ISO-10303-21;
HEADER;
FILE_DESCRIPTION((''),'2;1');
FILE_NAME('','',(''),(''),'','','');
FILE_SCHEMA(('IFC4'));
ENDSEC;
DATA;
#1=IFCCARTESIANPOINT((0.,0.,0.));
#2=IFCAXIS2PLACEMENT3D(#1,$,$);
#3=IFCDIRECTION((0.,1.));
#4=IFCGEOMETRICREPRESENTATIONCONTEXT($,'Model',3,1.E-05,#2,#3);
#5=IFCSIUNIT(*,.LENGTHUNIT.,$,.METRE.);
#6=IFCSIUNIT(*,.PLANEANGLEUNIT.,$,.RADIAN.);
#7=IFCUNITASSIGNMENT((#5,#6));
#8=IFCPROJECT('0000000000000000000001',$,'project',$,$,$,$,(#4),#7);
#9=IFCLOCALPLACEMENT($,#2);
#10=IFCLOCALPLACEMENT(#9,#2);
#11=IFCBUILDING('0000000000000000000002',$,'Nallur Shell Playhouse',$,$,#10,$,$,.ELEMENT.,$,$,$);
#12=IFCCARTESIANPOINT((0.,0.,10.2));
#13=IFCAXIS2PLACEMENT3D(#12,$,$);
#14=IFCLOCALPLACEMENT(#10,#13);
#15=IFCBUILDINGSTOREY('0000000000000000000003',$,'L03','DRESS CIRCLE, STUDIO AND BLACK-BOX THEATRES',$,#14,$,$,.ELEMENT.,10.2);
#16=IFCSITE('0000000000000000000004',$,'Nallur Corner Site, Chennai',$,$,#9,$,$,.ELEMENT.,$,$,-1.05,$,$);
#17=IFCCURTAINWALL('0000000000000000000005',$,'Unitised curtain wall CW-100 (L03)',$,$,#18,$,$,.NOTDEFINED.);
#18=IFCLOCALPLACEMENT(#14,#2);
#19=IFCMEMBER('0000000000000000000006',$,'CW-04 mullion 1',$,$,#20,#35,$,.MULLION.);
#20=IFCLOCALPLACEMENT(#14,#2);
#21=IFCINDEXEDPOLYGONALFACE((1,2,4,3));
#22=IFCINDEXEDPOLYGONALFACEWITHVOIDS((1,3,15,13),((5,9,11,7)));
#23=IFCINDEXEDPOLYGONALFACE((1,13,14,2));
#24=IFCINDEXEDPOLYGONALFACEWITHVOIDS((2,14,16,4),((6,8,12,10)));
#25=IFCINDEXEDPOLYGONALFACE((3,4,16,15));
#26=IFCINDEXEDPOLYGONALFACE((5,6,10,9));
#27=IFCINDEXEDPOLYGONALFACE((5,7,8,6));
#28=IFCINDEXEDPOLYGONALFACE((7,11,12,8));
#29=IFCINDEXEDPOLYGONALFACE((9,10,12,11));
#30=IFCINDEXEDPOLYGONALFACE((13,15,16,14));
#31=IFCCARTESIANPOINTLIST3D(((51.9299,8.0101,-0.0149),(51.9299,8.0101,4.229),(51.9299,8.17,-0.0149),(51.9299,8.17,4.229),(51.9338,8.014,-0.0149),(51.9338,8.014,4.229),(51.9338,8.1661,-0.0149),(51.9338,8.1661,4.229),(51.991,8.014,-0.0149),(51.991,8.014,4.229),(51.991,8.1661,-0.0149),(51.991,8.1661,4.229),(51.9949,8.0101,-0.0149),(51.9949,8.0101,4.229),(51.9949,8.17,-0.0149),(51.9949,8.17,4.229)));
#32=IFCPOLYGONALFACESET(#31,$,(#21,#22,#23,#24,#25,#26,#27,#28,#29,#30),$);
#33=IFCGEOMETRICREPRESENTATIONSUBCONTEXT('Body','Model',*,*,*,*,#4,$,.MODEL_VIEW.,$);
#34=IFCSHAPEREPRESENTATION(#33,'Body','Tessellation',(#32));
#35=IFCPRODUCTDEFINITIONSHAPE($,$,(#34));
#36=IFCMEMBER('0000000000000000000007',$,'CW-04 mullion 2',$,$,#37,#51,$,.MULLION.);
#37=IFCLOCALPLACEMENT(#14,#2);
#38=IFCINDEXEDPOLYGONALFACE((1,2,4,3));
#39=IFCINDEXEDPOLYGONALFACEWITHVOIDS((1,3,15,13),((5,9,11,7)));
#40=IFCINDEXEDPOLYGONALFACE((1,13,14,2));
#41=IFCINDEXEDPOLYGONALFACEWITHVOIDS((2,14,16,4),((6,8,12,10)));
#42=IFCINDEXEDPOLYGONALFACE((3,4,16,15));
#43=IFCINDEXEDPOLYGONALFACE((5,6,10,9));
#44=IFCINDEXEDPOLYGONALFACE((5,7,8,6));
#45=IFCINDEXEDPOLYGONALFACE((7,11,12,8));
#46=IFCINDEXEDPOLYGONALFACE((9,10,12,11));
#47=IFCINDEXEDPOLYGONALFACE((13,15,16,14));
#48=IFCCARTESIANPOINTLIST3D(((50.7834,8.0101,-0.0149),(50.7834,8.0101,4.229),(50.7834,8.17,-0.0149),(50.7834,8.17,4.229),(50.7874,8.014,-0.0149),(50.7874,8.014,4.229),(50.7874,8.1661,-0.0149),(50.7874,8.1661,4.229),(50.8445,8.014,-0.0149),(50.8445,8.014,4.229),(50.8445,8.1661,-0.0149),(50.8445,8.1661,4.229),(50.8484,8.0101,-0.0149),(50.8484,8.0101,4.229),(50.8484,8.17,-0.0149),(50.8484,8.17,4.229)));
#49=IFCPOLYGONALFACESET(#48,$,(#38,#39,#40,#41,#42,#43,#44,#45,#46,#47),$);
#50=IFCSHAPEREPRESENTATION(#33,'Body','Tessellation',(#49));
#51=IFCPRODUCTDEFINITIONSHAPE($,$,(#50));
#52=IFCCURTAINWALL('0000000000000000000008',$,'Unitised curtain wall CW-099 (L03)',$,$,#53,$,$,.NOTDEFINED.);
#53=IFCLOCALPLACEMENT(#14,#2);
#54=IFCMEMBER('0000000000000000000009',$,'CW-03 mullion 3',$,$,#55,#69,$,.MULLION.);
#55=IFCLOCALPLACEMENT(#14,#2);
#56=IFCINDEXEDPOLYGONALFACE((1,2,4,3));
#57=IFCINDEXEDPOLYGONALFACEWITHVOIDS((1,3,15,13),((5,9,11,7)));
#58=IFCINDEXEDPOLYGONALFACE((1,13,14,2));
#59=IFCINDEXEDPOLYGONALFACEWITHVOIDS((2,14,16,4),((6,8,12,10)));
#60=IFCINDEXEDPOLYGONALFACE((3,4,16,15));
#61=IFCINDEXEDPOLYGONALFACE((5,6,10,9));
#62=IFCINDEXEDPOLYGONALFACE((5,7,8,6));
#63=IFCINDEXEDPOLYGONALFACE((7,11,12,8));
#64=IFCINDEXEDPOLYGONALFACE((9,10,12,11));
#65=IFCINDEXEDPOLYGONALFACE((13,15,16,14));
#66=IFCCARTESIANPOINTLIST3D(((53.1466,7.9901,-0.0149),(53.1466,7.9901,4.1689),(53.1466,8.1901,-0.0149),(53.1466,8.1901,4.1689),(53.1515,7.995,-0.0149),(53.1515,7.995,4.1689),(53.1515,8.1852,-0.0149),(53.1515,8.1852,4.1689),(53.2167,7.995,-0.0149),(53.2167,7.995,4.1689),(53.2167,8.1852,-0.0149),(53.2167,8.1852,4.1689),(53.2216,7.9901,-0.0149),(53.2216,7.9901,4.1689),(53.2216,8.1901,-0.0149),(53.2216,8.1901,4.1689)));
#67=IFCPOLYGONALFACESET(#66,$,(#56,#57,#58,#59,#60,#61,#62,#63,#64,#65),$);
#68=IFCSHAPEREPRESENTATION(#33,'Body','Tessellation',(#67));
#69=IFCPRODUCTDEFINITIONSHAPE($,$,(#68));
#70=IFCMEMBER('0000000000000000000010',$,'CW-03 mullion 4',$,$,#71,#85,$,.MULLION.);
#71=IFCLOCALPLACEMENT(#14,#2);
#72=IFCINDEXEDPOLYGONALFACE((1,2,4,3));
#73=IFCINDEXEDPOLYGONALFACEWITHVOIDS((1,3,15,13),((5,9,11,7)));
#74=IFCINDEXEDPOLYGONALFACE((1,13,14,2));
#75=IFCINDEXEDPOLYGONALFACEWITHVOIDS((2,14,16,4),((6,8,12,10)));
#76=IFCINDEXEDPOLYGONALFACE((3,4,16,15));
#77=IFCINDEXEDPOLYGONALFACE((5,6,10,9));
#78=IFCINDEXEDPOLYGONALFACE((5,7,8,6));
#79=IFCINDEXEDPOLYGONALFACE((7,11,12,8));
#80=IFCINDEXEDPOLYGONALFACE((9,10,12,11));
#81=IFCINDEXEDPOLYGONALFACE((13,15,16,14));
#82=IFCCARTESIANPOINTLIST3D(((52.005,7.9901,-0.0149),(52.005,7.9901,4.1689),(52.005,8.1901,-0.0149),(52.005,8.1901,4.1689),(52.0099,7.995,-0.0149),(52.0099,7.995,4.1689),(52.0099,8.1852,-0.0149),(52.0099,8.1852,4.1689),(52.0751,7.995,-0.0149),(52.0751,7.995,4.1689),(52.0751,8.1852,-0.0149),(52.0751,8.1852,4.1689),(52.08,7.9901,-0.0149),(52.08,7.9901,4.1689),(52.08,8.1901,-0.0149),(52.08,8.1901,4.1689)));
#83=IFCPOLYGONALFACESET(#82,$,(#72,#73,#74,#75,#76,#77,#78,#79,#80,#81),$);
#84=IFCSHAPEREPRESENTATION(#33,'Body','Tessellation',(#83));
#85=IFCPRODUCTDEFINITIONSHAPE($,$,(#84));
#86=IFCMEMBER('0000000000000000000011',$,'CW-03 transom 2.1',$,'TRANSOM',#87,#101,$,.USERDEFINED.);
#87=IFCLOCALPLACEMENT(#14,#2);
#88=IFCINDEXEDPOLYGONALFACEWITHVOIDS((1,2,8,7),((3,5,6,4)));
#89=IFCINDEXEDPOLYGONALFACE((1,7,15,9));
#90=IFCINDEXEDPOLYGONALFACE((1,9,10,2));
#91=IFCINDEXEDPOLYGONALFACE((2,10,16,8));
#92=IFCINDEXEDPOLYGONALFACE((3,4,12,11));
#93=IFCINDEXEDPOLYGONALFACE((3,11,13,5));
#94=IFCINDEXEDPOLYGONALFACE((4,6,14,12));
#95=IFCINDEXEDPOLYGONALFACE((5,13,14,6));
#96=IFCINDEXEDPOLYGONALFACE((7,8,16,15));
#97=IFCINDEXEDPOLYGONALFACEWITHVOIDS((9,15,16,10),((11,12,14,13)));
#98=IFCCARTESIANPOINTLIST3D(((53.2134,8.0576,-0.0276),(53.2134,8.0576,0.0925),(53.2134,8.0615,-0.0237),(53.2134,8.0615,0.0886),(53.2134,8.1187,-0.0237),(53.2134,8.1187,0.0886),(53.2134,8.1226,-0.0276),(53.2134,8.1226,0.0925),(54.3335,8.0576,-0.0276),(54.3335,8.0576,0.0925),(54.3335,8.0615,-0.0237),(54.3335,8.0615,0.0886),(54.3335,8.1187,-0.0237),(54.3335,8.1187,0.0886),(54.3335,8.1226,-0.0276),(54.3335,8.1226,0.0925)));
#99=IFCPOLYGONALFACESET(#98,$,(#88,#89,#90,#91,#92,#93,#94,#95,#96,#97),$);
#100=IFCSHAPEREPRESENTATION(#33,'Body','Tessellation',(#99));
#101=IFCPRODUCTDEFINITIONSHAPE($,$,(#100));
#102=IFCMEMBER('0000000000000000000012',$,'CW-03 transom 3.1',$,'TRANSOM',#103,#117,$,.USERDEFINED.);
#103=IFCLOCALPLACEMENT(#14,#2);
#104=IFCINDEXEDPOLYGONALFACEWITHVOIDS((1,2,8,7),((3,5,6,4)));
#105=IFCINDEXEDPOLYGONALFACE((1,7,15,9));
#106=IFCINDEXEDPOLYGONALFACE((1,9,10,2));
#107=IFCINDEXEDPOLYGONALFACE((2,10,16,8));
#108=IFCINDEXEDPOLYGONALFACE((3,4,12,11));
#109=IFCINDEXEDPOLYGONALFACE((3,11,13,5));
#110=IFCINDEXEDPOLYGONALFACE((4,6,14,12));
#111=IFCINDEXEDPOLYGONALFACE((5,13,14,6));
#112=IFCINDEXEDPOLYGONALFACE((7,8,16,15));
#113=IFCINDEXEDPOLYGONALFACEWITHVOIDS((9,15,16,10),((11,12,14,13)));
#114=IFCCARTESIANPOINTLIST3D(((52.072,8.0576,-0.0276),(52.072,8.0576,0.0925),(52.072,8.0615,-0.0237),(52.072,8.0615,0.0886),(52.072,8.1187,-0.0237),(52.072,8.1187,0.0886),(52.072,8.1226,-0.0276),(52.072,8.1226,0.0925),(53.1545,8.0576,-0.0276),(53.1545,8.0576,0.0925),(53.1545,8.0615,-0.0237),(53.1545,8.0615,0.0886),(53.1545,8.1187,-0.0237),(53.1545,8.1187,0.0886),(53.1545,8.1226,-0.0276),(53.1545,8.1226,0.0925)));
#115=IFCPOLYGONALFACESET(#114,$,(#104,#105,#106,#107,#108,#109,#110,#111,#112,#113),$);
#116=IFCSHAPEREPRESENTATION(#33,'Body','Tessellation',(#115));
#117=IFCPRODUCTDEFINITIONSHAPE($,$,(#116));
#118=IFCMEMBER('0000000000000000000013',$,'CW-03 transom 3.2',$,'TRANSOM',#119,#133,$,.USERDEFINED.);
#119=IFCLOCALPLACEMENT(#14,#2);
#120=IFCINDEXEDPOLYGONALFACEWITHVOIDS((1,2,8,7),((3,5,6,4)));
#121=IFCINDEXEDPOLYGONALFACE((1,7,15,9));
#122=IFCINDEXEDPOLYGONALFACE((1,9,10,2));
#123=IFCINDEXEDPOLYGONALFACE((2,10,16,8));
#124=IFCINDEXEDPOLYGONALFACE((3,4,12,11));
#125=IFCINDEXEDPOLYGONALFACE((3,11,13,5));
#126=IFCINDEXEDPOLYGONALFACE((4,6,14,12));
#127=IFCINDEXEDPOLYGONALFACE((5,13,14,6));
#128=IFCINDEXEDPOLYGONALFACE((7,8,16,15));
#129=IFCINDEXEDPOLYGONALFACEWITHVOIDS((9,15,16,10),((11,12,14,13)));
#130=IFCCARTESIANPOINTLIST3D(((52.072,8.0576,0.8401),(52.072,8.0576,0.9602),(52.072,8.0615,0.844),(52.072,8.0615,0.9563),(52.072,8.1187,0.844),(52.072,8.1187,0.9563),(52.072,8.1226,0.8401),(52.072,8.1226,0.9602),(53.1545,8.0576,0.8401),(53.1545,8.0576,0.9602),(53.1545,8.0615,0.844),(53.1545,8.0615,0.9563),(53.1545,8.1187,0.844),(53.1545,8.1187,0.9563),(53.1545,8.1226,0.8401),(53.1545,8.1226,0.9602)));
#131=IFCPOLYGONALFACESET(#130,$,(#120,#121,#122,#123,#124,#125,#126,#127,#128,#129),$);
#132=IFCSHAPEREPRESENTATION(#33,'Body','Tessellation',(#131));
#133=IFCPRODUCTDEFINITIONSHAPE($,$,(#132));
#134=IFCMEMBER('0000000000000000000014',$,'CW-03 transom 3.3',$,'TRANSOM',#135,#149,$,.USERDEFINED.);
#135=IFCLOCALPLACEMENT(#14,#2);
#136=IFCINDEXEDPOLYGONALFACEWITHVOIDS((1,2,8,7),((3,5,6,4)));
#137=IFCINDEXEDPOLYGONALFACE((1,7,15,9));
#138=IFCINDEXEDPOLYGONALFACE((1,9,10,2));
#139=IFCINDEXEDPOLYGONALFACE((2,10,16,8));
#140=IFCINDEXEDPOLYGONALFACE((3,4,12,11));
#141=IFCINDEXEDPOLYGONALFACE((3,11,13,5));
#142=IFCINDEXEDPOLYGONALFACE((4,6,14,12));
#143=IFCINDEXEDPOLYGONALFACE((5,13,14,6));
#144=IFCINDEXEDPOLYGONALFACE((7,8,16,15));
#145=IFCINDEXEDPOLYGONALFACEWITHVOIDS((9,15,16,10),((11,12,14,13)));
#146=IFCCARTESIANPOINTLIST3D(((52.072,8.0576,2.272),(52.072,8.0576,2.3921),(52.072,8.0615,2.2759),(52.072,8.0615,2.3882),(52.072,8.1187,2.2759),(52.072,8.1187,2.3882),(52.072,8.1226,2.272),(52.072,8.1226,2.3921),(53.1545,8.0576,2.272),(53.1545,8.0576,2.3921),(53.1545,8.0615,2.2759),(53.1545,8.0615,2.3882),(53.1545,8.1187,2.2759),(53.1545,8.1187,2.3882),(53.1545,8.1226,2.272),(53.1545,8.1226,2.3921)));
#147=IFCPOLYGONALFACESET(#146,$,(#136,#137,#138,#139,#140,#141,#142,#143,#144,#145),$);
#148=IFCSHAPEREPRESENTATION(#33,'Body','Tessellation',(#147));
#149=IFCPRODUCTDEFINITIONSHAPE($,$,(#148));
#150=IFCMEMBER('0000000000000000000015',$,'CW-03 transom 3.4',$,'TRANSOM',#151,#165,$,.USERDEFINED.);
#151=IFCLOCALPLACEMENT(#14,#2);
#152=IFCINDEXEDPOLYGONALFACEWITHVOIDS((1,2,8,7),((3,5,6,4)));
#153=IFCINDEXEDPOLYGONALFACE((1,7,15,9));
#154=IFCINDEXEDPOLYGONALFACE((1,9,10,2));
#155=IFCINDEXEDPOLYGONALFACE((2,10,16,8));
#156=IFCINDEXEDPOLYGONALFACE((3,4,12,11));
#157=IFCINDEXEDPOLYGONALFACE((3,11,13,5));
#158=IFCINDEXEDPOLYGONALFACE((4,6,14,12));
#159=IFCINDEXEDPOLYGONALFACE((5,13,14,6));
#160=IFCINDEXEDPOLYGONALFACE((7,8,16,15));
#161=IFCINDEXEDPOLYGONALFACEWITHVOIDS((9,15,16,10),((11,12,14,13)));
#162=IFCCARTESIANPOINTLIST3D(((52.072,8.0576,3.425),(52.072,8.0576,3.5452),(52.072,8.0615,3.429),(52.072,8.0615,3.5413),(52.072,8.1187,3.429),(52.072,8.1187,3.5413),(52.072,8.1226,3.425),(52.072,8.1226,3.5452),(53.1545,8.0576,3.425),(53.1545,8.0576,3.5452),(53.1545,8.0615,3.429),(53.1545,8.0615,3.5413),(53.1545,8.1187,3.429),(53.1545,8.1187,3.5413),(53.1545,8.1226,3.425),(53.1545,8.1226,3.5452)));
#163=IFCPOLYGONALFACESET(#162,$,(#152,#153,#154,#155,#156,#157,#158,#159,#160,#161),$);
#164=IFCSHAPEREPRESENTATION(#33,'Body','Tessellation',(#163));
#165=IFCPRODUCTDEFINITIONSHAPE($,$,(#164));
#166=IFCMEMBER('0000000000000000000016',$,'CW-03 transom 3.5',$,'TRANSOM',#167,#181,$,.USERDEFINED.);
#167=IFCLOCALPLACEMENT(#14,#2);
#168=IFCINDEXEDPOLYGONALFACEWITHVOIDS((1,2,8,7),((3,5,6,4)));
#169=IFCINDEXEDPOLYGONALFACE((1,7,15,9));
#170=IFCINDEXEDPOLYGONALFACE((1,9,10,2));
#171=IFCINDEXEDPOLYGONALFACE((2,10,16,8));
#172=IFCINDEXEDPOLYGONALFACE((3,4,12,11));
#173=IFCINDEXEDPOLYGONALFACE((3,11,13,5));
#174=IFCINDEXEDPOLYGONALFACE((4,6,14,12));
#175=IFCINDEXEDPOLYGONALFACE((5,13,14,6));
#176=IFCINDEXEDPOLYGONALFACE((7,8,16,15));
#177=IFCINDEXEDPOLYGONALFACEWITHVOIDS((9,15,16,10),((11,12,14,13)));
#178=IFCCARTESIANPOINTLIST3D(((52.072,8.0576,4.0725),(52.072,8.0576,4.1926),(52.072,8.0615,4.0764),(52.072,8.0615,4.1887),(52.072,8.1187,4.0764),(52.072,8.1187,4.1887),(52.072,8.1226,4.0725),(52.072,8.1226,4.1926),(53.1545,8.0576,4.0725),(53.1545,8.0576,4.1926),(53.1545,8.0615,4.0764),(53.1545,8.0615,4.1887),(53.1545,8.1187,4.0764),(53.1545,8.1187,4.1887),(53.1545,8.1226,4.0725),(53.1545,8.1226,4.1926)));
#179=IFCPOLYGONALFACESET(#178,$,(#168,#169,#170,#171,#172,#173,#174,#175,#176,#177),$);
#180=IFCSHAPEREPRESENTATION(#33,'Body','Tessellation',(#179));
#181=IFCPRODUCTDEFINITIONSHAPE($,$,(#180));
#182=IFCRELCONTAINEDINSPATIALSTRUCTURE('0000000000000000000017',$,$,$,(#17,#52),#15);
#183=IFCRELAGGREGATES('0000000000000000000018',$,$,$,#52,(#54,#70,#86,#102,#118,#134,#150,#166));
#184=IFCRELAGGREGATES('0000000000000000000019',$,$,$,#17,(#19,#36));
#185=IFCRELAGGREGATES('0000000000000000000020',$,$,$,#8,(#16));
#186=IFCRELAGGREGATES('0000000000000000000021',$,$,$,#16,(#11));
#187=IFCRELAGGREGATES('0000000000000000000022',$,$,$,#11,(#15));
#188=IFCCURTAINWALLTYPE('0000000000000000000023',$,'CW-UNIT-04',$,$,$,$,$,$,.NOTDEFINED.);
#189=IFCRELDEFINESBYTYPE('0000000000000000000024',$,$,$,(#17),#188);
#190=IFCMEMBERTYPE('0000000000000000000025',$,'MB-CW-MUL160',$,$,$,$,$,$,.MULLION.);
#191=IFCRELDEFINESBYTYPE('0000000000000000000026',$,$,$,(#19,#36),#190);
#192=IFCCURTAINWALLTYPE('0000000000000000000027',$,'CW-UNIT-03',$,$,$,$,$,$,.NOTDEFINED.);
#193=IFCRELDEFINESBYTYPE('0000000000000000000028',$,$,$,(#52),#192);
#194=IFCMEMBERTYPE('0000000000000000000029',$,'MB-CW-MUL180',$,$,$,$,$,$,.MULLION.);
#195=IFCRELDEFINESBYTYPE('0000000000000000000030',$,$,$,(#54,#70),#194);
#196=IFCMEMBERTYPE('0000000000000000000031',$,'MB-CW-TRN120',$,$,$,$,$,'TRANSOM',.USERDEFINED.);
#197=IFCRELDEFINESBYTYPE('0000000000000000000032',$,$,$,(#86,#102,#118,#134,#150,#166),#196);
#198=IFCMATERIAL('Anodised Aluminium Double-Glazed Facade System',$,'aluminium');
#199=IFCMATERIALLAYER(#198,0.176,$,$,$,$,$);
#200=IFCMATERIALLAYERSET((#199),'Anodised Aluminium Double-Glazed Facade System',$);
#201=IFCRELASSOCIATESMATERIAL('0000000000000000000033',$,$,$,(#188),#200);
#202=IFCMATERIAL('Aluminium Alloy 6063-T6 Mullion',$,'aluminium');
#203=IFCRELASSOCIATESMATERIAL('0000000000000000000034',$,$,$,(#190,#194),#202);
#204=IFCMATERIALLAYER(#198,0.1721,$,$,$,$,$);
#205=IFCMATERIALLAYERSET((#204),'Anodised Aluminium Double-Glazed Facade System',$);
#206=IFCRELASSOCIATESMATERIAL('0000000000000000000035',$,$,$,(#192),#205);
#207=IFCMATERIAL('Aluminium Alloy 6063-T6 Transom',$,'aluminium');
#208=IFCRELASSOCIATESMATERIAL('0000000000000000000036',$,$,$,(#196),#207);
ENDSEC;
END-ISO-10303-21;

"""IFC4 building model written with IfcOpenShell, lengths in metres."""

from ifc_helpers import new_model, si_unit, direction, frame, origin, origin_2d, place, context, subcontext, project, spatial, hollow_rectangle, extrude, material, layer, layer_set, material_profile, profile_set, type_object, element, aggregate, save


model = new_model("IFC4")

# Units and contexts
model_context = context("Model", 3, precision=1e-05, world=origin(), true_north=direction((0.0, 1.0)))
body_context = subcontext(model_context, "Body", "Model", "MODEL_VIEW")
ifc_project = project(units=[si_unit("LENGTHUNIT", "METRE"), si_unit("PLANEANGLEUNIT", "RADIAN")], contexts=[model_context])

# Site, building, storey
site_placement = place(None, origin())
site = spatial("IfcSite", under=ifc_project, at=site_placement, Name="Nallur Corner Site, Chennai", CompositionType="ELEMENT", RefElevation=-1.05)
building_placement = place(site_placement, origin())
building = spatial("IfcBuilding", under=site, at=building_placement, Name="Nallur Shell Playhouse", CompositionType="ELEMENT")
storey_placement = place(building_placement, frame((0.0, 0.0, 10.2)))
storey = spatial("IfcBuildingStorey", under=building, at=storey_placement, Name="L03", Description="DRESS CIRCLE, STUDIO AND BLACK-BOX THEATRES", CompositionType="ELEMENT", Elevation=10.2)

# Curtain walls, members
ifc_material_1 = material(Name="Anodised Aluminium Double-Glazed Facade System", Category="aluminium")
ifc_layer_1 = layer(ifc_material_1, 0.176)
ifc_layer_set_1 = layer_set([ifc_layer_1], Name="Anodised Aluminium Double-Glazed Facade System")
curtain_wall_type_1 = type_object("IfcCurtainWallType", Name="CW-UNIT-04", PredefinedType="NOTDEFINED", material=ifc_layer_set_1)
curtain_wall_1_placement = place(storey_placement, origin())
curtain_wall_1 = element("IfcCurtainWall", 1, at=curtain_wall_1_placement, inside=storey, type_object=curtain_wall_type_1, Name="Unitised curtain wall CW-100 (L03)", PredefinedType="NOTDEFINED")
ifc_material_2 = material(Name="Aluminium Alloy 6063-T6 Mullion", Category="aluminium")
ifc_material_profile_1 = material_profile(ifc_material_2, hollow_rectangle(XDim=0.0649, YDim=0.1599, WallThickness=0.0039, at=origin_2d()), Name="ALU 65x160x4")
ifc_profile_set_1 = profile_set([ifc_material_profile_1], Name="Aluminium Alloy 6063-T6 Mullion")
member_type_1 = type_object("IfcMemberType", Name="MB-CW-MUL160", PredefinedType="MULLION", material=ifc_profile_set_1)
member_1_placement = place(storey_placement, frame((51.9624, 8.0901, -0.0149), z_axis=(0.0, 0.0, 1.0), x_axis=(-1.0, 0.0, 0.0)))
member_1 = element("IfcMember", 2, at=member_1_placement, type_object=member_type_1, Name="CW-04 mullion 1", PredefinedType="MULLION", context=body_context, shape_type="SweptSolid", body=[
    extrude(hollow_rectangle(XDim=0.0649, YDim=0.1599, WallThickness=0.0039, at=origin_2d()), origin(), (0.0, 0.0, 1.0), 4.2439),
])
member_2_placement = place(storey_placement, frame((50.8159, 8.0901, -0.0149), z_axis=(0.0, 0.0, 1.0), x_axis=(-1.0, 0.0, 0.0)))
member_2 = element("IfcMember", 3, at=member_2_placement, type_object=member_type_1, Name="CW-04 mullion 2", PredefinedType="MULLION", context=body_context, shape_type="SweptSolid", body=[
    extrude(hollow_rectangle(XDim=0.0649, YDim=0.1599, WallThickness=0.0039, at=origin_2d()), origin(), (0.0, 0.0, 1.0), 4.2439),
])
ifc_layer_2 = layer(ifc_material_1, 0.1721)
ifc_layer_set_2 = layer_set([ifc_layer_2], Name="Anodised Aluminium Double-Glazed Facade System")
curtain_wall_type_2 = type_object("IfcCurtainWallType", Name="CW-UNIT-03", PredefinedType="NOTDEFINED", material=ifc_layer_set_2)
curtain_wall_2_placement = place(storey_placement, origin())
curtain_wall_2 = element("IfcCurtainWall", 4, at=curtain_wall_2_placement, inside=storey, type_object=curtain_wall_type_2, Name="Unitised curtain wall CW-099 (L03)", PredefinedType="NOTDEFINED")
ifc_material_profile_2 = material_profile(ifc_material_2, hollow_rectangle(XDim=0.075, YDim=0.2, WallThickness=0.0049, at=origin_2d()), Name="ALU 75x200x5")
ifc_profile_set_2 = profile_set([ifc_material_profile_2], Name="Aluminium Alloy 6063-T6 Mullion")
member_type_2 = type_object("IfcMemberType", Name="MB-CW-MUL180", PredefinedType="MULLION", material=ifc_profile_set_2)
member_3_placement = place(storey_placement, frame((53.1841, 8.0901, -0.0149), z_axis=(0.0, 0.0, 1.0), x_axis=(-1.0, 0.0, 0.0)))
member_3 = element("IfcMember", 5, at=member_3_placement, type_object=member_type_2, Name="CW-03 mullion 3", PredefinedType="MULLION", context=body_context, shape_type="SweptSolid", body=[
    extrude(hollow_rectangle(XDim=0.075, YDim=0.2, WallThickness=0.0049, at=origin_2d()), origin(), (0.0, 0.0, 1.0), 4.1838),
])
member_4_placement = place(storey_placement, frame((52.0425, 8.0901, -0.0149), z_axis=(0.0, 0.0, 1.0), x_axis=(-1.0, 0.0, 0.0)))
member_4 = element("IfcMember", 6, at=member_4_placement, type_object=member_type_2, Name="CW-03 mullion 4", PredefinedType="MULLION", context=body_context, shape_type="SweptSolid", body=[
    extrude(hollow_rectangle(XDim=0.075, YDim=0.2, WallThickness=0.0049, at=origin_2d()), origin(), (0.0, 0.0, 1.0), 4.1838),
])
ifc_material_3 = material(Name="Aluminium Alloy 6063-T6 Transom", Category="aluminium")
ifc_material_profile_3 = material_profile(ifc_material_3, hollow_rectangle(XDim=0.0649, YDim=0.1201, WallThickness=0.0039, at=origin_2d()), Name="ALU 65x120x4")
ifc_profile_set_3 = profile_set([ifc_material_profile_3], Name="Aluminium Alloy 6063-T6 Transom")
member_type_3 = type_object("IfcMemberType", Name="MB-CW-TRN120", ElementType="TRANSOM", PredefinedType="USERDEFINED", material=ifc_profile_set_3)
member_5_placement = place(storey_placement, frame((54.3335, 8.0901, 0.0325), z_axis=(-1.0, 0.0, 0.0), x_axis=(0.0, -1.0, 0.0)))
member_5 = element("IfcMember", 7, at=member_5_placement, type_object=member_type_3, Name="CW-03 transom 2.1", ObjectType="TRANSOM", PredefinedType="USERDEFINED", context=body_context, shape_type="SweptSolid", body=[
    extrude(hollow_rectangle(XDim=0.0649, YDim=0.1201, WallThickness=0.0039, at=origin_2d()), origin(), (0.0, 0.0, 1.0), 1.1201),
])
member_6_placement = place(storey_placement, frame((53.1545, 8.0901, 0.0325), z_axis=(-1.0, 0.0, 0.0), x_axis=(0.0, -1.0, 0.0)))
member_6 = element("IfcMember", 8, at=member_6_placement, type_object=member_type_3, Name="CW-03 transom 3.1", ObjectType="TRANSOM", PredefinedType="USERDEFINED", context=body_context, shape_type="SweptSolid", body=[
    extrude(hollow_rectangle(XDim=0.0649, YDim=0.1201, WallThickness=0.0039, at=origin_2d()), origin(), (0.0, 0.0, 1.0), 1.0825),
])
member_7_placement = place(storey_placement, frame((53.1545, 8.0901, 0.9001), z_axis=(-1.0, 0.0, 0.0), x_axis=(0.0, -1.0, 0.0)))
member_7 = element("IfcMember", 9, at=member_7_placement, type_object=member_type_3, Name="CW-03 transom 3.2", ObjectType="TRANSOM", PredefinedType="USERDEFINED", context=body_context, shape_type="SweptSolid", body=[
    extrude(hollow_rectangle(XDim=0.0649, YDim=0.1201, WallThickness=0.0039, at=origin_2d()), origin(), (0.0, 0.0, 1.0), 1.0825),
])
member_8_placement = place(storey_placement, frame((53.1545, 8.0901, 2.332), z_axis=(-1.0, 0.0, 0.0), x_axis=(0.0, -1.0, 0.0)))
member_8 = element("IfcMember", 10, at=member_8_placement, type_object=member_type_3, Name="CW-03 transom 3.3", ObjectType="TRANSOM", PredefinedType="USERDEFINED", context=body_context, shape_type="SweptSolid", body=[
    extrude(hollow_rectangle(XDim=0.0649, YDim=0.1201, WallThickness=0.0039, at=origin_2d()), origin(), (0.0, 0.0, 1.0), 1.0825),
])
member_9_placement = place(storey_placement, frame((53.1545, 8.0901, 3.4851), z_axis=(-1.0, 0.0, 0.0), x_axis=(0.0, -1.0, 0.0)))
member_9 = element("IfcMember", 11, at=member_9_placement, type_object=member_type_3, Name="CW-03 transom 3.4", ObjectType="TRANSOM", PredefinedType="USERDEFINED", context=body_context, shape_type="SweptSolid", body=[
    extrude(hollow_rectangle(XDim=0.0649, YDim=0.1201, WallThickness=0.0039, at=origin_2d()), origin(), (0.0, 0.0, 1.0), 1.0825),
])
member_10_placement = place(storey_placement, frame((53.1545, 8.0901, 4.1326), z_axis=(-1.0, 0.0, 0.0), x_axis=(0.0, -1.0, 0.0)))
member_10 = element("IfcMember", 12, at=member_10_placement, type_object=member_type_3, Name="CW-03 transom 3.5", ObjectType="TRANSOM", PredefinedType="USERDEFINED", context=body_context, shape_type="SweptSolid", body=[
    extrude(hollow_rectangle(XDim=0.0649, YDim=0.1201, WallThickness=0.0039, at=origin_2d()), origin(), (0.0, 0.0, 1.0), 1.0825),
])

aggregate(curtain_wall_2, [member_3, member_4, member_5, member_6, member_7, member_8, member_9, member_10])
aggregate(curtain_wall_1, [member_1, member_2])

save(model, "model.ifc")
